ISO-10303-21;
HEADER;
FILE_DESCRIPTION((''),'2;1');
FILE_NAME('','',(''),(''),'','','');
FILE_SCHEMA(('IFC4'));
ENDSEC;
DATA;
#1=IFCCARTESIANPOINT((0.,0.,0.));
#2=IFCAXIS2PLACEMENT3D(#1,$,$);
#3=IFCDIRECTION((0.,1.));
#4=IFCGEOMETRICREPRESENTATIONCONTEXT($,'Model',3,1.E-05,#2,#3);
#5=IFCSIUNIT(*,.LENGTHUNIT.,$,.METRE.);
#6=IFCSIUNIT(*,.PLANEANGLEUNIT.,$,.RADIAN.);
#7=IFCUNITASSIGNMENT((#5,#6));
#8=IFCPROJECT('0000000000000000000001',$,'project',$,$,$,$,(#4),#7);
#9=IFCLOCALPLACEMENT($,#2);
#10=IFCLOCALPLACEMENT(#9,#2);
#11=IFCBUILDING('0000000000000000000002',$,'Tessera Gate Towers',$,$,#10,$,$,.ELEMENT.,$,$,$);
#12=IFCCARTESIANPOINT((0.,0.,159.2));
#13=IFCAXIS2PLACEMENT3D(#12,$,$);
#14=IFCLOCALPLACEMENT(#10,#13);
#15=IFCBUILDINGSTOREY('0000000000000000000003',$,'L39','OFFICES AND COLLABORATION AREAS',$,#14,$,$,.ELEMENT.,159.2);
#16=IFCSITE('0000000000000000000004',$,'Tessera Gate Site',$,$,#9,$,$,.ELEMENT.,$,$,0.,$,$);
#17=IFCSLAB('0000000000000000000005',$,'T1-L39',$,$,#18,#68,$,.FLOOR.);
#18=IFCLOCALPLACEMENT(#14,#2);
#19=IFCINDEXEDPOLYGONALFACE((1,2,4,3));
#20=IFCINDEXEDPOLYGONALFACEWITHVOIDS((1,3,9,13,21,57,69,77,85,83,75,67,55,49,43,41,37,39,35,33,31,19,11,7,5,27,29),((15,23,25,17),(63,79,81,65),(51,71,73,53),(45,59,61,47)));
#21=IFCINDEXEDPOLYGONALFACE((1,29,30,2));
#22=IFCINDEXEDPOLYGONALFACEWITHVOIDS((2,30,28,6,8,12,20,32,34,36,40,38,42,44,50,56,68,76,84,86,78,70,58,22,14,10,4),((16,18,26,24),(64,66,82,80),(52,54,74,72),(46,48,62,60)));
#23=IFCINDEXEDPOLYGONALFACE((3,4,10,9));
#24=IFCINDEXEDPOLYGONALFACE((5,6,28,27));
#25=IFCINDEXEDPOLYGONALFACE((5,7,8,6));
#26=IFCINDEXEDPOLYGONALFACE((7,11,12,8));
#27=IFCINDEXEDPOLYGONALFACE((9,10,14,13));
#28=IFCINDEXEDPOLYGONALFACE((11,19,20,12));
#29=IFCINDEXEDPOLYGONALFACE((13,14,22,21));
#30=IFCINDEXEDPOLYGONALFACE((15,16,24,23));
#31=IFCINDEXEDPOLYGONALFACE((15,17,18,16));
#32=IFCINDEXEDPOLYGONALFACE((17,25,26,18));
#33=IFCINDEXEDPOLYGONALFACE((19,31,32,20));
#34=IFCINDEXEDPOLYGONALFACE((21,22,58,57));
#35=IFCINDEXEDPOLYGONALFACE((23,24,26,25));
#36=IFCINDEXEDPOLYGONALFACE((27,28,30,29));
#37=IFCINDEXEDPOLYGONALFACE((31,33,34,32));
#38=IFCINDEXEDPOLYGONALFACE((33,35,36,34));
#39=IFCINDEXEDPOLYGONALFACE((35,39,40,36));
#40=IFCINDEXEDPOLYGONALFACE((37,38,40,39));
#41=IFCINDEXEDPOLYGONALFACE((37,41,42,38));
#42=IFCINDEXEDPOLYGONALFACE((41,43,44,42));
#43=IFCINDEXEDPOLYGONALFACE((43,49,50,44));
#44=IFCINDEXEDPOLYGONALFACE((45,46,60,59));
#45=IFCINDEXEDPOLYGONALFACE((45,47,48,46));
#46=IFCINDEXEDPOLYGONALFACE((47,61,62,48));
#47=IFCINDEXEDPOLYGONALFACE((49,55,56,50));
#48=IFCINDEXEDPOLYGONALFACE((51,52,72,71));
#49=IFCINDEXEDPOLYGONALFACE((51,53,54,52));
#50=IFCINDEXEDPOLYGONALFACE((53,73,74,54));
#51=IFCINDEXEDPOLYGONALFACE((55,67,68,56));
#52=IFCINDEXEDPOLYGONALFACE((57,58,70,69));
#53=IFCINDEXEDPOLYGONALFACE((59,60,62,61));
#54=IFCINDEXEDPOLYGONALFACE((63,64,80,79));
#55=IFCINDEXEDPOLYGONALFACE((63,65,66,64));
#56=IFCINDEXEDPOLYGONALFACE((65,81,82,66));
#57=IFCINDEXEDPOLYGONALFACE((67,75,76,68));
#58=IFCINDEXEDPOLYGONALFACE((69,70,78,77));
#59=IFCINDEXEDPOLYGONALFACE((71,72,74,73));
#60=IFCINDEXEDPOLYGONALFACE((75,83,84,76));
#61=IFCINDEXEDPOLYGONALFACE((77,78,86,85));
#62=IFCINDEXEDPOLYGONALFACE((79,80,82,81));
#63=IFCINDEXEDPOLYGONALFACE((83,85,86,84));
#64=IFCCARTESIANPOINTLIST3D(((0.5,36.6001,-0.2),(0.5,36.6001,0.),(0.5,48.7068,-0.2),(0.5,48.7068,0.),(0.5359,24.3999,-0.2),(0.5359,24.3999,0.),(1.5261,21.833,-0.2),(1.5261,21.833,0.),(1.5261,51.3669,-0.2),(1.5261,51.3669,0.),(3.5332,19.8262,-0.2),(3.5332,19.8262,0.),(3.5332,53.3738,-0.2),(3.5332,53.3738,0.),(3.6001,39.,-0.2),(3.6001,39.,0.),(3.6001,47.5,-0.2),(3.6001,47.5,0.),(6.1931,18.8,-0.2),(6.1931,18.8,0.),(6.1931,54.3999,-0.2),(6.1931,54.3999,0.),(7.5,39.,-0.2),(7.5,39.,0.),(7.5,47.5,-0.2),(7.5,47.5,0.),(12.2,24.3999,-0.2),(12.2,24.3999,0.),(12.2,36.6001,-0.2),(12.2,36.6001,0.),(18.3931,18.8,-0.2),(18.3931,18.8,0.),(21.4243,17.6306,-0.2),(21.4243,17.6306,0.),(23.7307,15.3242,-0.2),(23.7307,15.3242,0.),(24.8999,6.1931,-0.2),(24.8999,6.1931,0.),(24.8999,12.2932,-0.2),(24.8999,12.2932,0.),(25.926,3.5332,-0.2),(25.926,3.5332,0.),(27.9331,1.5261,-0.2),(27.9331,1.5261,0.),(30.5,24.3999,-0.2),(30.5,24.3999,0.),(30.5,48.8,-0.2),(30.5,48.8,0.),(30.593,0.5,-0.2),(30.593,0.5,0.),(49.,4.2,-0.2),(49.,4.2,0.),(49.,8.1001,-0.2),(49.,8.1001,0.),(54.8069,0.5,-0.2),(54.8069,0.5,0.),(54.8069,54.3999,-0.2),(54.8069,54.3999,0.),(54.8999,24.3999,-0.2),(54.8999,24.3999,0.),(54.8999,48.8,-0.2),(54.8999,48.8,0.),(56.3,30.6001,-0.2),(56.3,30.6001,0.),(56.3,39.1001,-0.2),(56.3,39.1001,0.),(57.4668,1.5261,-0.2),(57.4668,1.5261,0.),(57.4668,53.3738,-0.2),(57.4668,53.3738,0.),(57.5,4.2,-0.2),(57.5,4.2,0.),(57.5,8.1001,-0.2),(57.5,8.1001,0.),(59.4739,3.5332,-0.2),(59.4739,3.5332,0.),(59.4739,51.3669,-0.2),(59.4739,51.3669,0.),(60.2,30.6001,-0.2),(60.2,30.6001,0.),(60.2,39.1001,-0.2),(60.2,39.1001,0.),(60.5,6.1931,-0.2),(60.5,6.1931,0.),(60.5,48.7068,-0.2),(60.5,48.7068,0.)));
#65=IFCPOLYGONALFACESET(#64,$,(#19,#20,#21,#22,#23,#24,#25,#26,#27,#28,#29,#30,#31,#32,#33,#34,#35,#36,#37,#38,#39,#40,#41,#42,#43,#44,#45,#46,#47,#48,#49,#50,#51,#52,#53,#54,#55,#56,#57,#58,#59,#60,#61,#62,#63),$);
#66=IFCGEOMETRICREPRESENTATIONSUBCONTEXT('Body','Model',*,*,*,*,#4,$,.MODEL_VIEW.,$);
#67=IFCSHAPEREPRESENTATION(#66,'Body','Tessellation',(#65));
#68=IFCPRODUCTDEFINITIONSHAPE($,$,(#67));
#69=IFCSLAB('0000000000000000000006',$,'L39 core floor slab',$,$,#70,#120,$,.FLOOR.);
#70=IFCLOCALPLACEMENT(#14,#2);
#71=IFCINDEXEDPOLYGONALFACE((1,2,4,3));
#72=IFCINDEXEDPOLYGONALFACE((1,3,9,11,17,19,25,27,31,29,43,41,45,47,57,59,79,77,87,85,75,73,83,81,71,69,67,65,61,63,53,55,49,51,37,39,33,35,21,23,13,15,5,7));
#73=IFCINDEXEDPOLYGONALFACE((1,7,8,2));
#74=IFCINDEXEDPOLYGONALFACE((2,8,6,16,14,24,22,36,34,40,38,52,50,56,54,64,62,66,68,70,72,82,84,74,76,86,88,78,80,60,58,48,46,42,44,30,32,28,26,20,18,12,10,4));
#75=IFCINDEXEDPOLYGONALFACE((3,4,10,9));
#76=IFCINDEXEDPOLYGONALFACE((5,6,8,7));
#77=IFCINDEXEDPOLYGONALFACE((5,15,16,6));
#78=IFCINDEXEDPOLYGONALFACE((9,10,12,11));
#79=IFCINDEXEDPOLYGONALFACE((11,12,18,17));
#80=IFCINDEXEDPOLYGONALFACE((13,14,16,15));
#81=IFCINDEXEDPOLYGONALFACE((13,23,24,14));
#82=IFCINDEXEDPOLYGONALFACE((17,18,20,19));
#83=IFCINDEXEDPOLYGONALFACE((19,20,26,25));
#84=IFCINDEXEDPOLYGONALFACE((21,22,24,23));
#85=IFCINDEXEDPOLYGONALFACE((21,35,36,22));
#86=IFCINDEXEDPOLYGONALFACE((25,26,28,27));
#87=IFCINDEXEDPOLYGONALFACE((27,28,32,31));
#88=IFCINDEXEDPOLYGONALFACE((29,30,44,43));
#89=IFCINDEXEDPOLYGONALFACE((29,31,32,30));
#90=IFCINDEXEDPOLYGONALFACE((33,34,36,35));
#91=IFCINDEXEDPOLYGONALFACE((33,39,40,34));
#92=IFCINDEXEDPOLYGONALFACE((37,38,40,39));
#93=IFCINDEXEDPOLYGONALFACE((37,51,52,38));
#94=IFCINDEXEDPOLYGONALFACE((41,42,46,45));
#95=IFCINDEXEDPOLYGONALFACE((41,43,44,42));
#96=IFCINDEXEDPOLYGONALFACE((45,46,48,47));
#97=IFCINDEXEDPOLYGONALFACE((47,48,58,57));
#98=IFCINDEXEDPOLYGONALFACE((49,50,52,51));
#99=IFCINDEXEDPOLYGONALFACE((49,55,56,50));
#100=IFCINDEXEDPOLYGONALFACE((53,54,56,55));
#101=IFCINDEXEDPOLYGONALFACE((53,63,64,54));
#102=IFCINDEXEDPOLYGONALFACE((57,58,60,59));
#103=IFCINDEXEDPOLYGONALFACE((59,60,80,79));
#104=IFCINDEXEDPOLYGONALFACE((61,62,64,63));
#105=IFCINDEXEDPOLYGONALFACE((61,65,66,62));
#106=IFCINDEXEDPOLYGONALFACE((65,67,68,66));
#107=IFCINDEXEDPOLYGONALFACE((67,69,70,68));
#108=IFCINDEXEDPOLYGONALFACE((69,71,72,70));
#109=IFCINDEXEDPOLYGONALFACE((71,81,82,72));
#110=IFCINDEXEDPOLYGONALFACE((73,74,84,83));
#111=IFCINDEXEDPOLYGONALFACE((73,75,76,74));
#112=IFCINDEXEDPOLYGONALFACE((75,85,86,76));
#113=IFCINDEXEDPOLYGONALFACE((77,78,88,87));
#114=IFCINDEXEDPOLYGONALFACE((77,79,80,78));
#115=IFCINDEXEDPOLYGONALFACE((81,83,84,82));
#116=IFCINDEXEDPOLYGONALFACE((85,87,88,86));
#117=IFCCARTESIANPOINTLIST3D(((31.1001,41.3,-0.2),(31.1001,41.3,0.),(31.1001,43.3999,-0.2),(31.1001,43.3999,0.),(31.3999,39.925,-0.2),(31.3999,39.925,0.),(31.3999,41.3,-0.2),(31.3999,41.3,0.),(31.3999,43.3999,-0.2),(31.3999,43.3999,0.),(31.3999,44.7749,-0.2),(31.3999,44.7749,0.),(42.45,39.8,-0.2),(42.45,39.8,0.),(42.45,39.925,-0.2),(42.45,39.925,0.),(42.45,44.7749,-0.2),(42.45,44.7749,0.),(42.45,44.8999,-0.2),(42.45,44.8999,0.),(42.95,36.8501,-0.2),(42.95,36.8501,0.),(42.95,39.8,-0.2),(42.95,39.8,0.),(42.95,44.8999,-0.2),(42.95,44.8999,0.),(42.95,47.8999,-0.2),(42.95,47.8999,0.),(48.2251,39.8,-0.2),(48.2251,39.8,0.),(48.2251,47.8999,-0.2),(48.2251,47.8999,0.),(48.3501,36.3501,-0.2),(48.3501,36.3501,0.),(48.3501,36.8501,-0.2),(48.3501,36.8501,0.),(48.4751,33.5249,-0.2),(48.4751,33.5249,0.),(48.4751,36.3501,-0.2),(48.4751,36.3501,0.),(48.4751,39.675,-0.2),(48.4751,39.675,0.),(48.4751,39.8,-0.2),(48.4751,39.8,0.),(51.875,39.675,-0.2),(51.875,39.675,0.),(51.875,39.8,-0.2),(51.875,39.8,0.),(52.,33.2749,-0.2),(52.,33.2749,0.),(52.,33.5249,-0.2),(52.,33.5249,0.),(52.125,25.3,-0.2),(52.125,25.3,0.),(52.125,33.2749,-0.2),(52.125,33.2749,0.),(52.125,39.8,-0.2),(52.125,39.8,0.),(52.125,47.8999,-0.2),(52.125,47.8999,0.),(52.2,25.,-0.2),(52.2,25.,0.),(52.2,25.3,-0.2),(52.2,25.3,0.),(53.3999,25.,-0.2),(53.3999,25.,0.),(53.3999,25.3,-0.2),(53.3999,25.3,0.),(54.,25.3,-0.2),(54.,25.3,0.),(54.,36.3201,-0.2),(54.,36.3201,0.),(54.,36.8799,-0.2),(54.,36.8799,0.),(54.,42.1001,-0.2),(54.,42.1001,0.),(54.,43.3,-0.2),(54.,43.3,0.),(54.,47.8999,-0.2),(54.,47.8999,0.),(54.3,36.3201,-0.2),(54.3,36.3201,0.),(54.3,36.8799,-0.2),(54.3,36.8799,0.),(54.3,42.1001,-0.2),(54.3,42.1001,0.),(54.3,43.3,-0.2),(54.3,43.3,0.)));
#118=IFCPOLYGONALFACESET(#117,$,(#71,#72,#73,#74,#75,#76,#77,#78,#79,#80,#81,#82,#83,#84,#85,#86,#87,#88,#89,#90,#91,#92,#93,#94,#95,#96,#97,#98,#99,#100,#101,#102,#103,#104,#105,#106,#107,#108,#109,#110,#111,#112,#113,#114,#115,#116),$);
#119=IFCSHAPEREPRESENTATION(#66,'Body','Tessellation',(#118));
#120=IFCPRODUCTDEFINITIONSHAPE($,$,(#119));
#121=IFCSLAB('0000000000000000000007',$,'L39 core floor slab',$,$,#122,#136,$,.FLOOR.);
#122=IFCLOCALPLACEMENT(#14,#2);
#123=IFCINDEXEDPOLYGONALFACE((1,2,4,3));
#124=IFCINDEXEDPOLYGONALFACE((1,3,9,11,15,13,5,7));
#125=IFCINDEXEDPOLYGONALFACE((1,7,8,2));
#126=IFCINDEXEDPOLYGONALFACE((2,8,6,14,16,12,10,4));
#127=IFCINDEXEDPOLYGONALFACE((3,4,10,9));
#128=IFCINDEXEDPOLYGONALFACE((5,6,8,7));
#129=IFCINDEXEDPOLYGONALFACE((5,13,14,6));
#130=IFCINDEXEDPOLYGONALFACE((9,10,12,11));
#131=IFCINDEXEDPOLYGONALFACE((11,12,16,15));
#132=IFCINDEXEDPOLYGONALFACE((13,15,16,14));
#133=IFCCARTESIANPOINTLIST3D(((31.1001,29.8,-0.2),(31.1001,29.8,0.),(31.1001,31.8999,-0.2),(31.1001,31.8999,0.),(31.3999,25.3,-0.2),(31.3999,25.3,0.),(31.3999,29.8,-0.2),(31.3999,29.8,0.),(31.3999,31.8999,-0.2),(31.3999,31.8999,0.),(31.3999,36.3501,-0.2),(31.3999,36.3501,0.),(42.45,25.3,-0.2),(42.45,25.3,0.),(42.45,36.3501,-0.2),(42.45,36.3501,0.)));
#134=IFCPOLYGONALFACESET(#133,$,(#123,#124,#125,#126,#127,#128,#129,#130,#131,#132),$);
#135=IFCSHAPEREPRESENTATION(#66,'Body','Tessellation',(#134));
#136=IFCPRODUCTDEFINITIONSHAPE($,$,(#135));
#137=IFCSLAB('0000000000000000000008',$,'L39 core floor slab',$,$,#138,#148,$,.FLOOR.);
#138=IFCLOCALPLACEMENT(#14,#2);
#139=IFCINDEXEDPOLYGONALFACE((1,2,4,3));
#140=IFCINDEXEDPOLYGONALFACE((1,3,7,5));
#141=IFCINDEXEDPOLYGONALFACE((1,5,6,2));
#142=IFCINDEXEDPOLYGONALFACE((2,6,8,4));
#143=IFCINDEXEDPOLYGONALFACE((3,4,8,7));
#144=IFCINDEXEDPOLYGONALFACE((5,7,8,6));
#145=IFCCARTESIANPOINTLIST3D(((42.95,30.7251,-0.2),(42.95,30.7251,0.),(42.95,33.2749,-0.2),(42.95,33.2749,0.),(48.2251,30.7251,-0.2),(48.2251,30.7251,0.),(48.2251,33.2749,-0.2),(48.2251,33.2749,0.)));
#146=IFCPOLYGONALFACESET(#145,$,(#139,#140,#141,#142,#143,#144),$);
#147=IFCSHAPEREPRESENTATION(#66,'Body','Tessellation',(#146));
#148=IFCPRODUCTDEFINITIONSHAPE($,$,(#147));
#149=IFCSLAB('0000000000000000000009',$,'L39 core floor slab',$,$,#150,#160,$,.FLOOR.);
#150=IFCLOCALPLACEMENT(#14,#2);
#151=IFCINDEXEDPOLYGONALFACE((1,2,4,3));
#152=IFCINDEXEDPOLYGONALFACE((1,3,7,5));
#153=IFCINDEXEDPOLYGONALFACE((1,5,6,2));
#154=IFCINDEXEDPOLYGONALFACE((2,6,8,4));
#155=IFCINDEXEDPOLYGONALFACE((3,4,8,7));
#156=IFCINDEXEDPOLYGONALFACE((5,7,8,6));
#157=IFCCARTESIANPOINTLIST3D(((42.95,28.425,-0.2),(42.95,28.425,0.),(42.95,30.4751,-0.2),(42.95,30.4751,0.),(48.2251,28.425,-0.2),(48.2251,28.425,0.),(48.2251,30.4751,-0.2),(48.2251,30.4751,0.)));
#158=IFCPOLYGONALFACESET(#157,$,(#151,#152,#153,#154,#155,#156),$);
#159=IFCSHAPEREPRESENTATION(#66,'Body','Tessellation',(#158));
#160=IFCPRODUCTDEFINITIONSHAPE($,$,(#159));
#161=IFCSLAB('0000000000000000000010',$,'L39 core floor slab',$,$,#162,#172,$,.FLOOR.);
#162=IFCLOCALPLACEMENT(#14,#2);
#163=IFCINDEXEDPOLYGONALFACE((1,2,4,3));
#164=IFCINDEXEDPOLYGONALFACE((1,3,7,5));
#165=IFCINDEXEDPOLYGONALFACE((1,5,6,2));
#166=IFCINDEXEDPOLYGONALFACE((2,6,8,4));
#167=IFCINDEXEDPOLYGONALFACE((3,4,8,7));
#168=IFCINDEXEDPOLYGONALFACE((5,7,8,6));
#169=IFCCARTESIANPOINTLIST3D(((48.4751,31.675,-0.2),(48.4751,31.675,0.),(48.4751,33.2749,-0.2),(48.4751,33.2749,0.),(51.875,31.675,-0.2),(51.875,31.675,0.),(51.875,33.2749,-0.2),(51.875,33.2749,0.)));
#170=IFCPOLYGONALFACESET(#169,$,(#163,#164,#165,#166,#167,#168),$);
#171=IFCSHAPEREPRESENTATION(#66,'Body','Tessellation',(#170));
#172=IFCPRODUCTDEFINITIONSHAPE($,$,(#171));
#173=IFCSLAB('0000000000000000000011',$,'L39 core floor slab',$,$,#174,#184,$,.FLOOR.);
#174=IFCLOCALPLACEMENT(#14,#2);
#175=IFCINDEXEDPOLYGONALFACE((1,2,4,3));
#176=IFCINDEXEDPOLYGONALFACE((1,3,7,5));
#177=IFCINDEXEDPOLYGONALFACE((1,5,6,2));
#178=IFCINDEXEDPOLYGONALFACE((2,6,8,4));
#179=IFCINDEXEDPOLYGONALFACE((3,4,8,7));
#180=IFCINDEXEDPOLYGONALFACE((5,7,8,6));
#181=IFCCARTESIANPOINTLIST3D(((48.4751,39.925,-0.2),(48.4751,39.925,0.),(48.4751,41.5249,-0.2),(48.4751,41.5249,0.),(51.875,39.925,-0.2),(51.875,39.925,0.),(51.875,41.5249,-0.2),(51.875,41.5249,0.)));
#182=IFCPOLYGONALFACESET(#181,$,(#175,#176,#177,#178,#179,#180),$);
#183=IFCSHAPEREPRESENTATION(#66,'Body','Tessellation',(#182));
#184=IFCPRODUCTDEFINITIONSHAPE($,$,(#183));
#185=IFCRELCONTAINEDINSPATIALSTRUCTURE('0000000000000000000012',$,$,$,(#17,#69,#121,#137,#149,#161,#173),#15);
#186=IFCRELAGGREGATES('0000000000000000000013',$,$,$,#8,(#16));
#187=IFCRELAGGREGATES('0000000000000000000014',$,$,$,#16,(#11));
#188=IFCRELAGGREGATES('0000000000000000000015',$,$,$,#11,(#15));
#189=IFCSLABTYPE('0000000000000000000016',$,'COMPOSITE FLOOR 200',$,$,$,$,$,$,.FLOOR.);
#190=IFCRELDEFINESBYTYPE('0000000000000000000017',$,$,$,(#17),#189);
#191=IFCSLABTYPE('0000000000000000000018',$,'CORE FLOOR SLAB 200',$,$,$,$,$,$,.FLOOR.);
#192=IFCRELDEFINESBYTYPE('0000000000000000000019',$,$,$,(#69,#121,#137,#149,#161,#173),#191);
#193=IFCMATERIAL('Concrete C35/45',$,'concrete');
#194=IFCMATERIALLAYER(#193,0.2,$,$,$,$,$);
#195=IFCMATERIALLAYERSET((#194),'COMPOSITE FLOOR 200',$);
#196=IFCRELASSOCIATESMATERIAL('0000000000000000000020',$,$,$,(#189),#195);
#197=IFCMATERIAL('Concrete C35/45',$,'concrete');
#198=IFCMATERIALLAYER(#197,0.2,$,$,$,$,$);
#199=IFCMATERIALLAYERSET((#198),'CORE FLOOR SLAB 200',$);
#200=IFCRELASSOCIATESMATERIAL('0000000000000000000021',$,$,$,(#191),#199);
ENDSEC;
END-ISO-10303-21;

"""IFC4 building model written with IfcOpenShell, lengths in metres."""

from ifc_helpers import new_model, si_unit, direction, frame, origin, place, context, subcontext, project, spatial, polyline, outline, extrude, material, layer, layer_set, type_object, element, save


model = new_model("IFC4")

# Units and contexts
model_context = context("Model", 3, precision=1e-05, world=origin(), true_north=direction((0.0, 1.0)))
body_context = subcontext(model_context, "Body", "Model", "MODEL_VIEW")
ifc_project = project(units=[si_unit("LENGTHUNIT", "METRE"), si_unit("PLANEANGLEUNIT", "RADIAN")], contexts=[model_context])

# Site, building, storey
site_placement = place(None, origin())
site = spatial("IfcSite", under=ifc_project, at=site_placement, Name="Tessera Gate Site", CompositionType="ELEMENT", RefElevation=0.0)
building_placement = place(site_placement, origin())
building = spatial("IfcBuilding", under=site, at=building_placement, Name="Tessera Gate Towers", CompositionType="ELEMENT")
storey_placement = place(building_placement, frame((0.0, 0.0, 159.2)))
storey = spatial("IfcBuildingStorey", under=building, at=storey_placement, Name="L39", Description="OFFICES AND COLLABORATION AREAS", CompositionType="ELEMENT", Elevation=159.2)

# Slabs
ifc_material_1 = material(Name="Concrete C35/45", Category="concrete")
ifc_layer_1 = layer(ifc_material_1, 0.2)
ifc_layer_set_1 = layer_set([ifc_layer_1], Name="COMPOSITE FLOOR 200")
slab_type_1 = type_object("IfcSlabType", Name="COMPOSITE FLOOR 200", PredefinedType="FLOOR", material=ifc_layer_set_1)
slab_1_placement = place(storey_placement, frame((0.0, 0.0, -0.2)))
element("IfcSlab", 1, at=slab_1_placement, inside=storey, type_object=slab_type_1, Name="T1-L39", PredefinedType="FLOOR", context=body_context, shape_type="SweptSolid", body=[
    extrude(outline(polyline([(0.5, 36.6001), (12.2, 36.6001), (12.2, 24.3999), (0.5359, 24.3999), (1.5261, 21.833), (3.5332, 19.8262), (6.1931, 18.8), (18.3931, 18.8), (21.4243, 17.6306), (23.7307, 15.3242), (24.8999, 12.2932), (24.8999, 6.1931), (25.926, 3.5332), (27.9331, 1.5261), (30.593, 0.5), (54.8069, 0.5), (57.4668, 1.5261), (59.4739, 3.5332), (60.5, 6.1931), (60.5, 48.7068), (59.4739, 51.3669), (57.4668, 53.3738), (54.8069, 54.3999), (6.1931, 54.3999), (3.5332, 53.3738), (1.5261, 51.3669), (0.5, 48.7068), (0.5, 36.6001)]), holes=[polyline([(3.6001, 39.0), (3.6001, 47.5), (7.5, 47.5), (7.5, 39.0), (3.6001, 39.0)]), polyline([(30.5, 24.3999), (30.5, 48.8), (54.8999, 48.8), (54.8999, 24.3999), (30.5, 24.3999)]), polyline([(49.0, 4.2), (49.0, 8.1001), (57.5, 8.1001), (57.5, 4.2), (49.0, 4.2)]), polyline([(56.3, 30.6001), (56.3, 39.1001), (60.2, 39.1001), (60.2, 30.6001), (56.3, 30.6001)])]), origin(), (0.0, 0.0, 1.0), 0.2),
])
ifc_material_2 = material(Name="Concrete C35/45", Category="concrete")
ifc_layer_2 = layer(ifc_material_2, 0.2)
ifc_layer_set_2 = layer_set([ifc_layer_2], Name="CORE FLOOR SLAB 200")
slab_type_2 = type_object("IfcSlabType", Name="CORE FLOOR SLAB 200", PredefinedType="FLOOR", material=ifc_layer_set_2)
slab_2_placement = place(storey_placement, frame((0.0, 0.0, -0.2)))
element("IfcSlab", 2, at=slab_2_placement, inside=storey, type_object=slab_type_2, Name="L39 core floor slab", PredefinedType="FLOOR", context=body_context, shape_type="SweptSolid", body=[
    extrude(outline(polyline([(42.45, 44.8999), (42.45, 44.7749), (31.3999, 44.7749), (31.3999, 43.3999), (31.1001, 43.3999), (31.1001, 41.3), (31.3999, 41.3), (31.3999, 39.925), (42.45, 39.925), (42.45, 39.8), (42.95, 39.8), (42.95, 36.8501), (48.3501, 36.8501), (48.3501, 36.3501), (48.4751, 36.3501), (48.4751, 33.5249), (52.0, 33.5249), (52.0, 33.2749), (52.125, 33.2749), (52.125, 25.3), (52.2, 25.3), (52.2, 25.0), (53.3999, 25.0), (53.3999, 25.3), (54.0, 25.3), (54.0, 36.3201), (54.3, 36.3201), (54.3, 36.8799), (54.0, 36.8799), (54.0, 42.1001), (54.3, 42.1001), (54.3, 43.3), (54.0, 43.3), (54.0, 47.8999), (52.125, 47.8999), (52.125, 39.8), (51.875, 39.8), (51.875, 39.675), (48.4751, 39.675), (48.4751, 39.8), (48.2251, 39.8), (48.2251, 47.8999), (42.95, 47.8999), (42.95, 44.8999), (42.45, 44.8999)])), origin(), (0.0, 0.0, 1.0), 0.2),
])
slab_3_placement = place(storey_placement, frame((0.0, 0.0, -0.2)))
element("IfcSlab", 3, at=slab_3_placement, inside=storey, type_object=slab_type_2, Name="L39 core floor slab", PredefinedType="FLOOR", context=body_context, shape_type="SweptSolid", body=[
    extrude(outline(polyline([(31.3999, 36.3501), (31.3999, 31.8999), (31.1001, 31.8999), (31.1001, 29.8), (31.3999, 29.8), (31.3999, 25.3), (42.45, 25.3), (42.45, 36.3501), (31.3999, 36.3501)])), origin(), (0.0, 0.0, 1.0), 0.2),
])
slab_4_placement = place(storey_placement, frame((0.0, 0.0, -0.2)))
element("IfcSlab", 4, at=slab_4_placement, inside=storey, type_object=slab_type_2, Name="L39 core floor slab", PredefinedType="FLOOR", context=body_context, shape_type="SweptSolid", body=[
    extrude(outline(polyline([(42.95, 33.2749), (42.95, 30.7251), (48.2251, 30.7251), (48.2251, 33.2749), (42.95, 33.2749)])), origin(), (0.0, 0.0, 1.0), 0.2),
])
slab_5_placement = place(storey_placement, frame((0.0, 0.0, -0.2)))
element("IfcSlab", 5, at=slab_5_placement, inside=storey, type_object=slab_type_2, Name="L39 core floor slab", PredefinedType="FLOOR", context=body_context, shape_type="SweptSolid", body=[
    extrude(outline(polyline([(48.2251, 30.4751), (42.95, 30.4751), (42.95, 28.425), (48.2251, 28.425), (48.2251, 30.4751)])), origin(), (0.0, 0.0, 1.0), 0.2),
])
slab_6_placement = place(storey_placement, frame((0.0, 0.0, -0.2)))
element("IfcSlab", 6, at=slab_6_placement, inside=storey, type_object=slab_type_2, Name="L39 core floor slab", PredefinedType="FLOOR", context=body_context, shape_type="SweptSolid", body=[
    extrude(outline(polyline([(51.875, 31.675), (51.875, 33.2749), (48.4751, 33.2749), (48.4751, 31.675), (51.875, 31.675)])), origin(), (0.0, 0.0, 1.0), 0.2),
])
slab_7_placement = place(storey_placement, frame((0.0, 0.0, -0.2)))
element("IfcSlab", 7, at=slab_7_placement, inside=storey, type_object=slab_type_2, Name="L39 core floor slab", PredefinedType="FLOOR", context=body_context, shape_type="SweptSolid", body=[
    extrude(outline(polyline([(48.4751, 41.5249), (48.4751, 39.925), (51.875, 39.925), (51.875, 41.5249), (48.4751, 41.5249)])), origin(), (0.0, 0.0, 1.0), 0.2),
])

save(model, "model.ifc")
